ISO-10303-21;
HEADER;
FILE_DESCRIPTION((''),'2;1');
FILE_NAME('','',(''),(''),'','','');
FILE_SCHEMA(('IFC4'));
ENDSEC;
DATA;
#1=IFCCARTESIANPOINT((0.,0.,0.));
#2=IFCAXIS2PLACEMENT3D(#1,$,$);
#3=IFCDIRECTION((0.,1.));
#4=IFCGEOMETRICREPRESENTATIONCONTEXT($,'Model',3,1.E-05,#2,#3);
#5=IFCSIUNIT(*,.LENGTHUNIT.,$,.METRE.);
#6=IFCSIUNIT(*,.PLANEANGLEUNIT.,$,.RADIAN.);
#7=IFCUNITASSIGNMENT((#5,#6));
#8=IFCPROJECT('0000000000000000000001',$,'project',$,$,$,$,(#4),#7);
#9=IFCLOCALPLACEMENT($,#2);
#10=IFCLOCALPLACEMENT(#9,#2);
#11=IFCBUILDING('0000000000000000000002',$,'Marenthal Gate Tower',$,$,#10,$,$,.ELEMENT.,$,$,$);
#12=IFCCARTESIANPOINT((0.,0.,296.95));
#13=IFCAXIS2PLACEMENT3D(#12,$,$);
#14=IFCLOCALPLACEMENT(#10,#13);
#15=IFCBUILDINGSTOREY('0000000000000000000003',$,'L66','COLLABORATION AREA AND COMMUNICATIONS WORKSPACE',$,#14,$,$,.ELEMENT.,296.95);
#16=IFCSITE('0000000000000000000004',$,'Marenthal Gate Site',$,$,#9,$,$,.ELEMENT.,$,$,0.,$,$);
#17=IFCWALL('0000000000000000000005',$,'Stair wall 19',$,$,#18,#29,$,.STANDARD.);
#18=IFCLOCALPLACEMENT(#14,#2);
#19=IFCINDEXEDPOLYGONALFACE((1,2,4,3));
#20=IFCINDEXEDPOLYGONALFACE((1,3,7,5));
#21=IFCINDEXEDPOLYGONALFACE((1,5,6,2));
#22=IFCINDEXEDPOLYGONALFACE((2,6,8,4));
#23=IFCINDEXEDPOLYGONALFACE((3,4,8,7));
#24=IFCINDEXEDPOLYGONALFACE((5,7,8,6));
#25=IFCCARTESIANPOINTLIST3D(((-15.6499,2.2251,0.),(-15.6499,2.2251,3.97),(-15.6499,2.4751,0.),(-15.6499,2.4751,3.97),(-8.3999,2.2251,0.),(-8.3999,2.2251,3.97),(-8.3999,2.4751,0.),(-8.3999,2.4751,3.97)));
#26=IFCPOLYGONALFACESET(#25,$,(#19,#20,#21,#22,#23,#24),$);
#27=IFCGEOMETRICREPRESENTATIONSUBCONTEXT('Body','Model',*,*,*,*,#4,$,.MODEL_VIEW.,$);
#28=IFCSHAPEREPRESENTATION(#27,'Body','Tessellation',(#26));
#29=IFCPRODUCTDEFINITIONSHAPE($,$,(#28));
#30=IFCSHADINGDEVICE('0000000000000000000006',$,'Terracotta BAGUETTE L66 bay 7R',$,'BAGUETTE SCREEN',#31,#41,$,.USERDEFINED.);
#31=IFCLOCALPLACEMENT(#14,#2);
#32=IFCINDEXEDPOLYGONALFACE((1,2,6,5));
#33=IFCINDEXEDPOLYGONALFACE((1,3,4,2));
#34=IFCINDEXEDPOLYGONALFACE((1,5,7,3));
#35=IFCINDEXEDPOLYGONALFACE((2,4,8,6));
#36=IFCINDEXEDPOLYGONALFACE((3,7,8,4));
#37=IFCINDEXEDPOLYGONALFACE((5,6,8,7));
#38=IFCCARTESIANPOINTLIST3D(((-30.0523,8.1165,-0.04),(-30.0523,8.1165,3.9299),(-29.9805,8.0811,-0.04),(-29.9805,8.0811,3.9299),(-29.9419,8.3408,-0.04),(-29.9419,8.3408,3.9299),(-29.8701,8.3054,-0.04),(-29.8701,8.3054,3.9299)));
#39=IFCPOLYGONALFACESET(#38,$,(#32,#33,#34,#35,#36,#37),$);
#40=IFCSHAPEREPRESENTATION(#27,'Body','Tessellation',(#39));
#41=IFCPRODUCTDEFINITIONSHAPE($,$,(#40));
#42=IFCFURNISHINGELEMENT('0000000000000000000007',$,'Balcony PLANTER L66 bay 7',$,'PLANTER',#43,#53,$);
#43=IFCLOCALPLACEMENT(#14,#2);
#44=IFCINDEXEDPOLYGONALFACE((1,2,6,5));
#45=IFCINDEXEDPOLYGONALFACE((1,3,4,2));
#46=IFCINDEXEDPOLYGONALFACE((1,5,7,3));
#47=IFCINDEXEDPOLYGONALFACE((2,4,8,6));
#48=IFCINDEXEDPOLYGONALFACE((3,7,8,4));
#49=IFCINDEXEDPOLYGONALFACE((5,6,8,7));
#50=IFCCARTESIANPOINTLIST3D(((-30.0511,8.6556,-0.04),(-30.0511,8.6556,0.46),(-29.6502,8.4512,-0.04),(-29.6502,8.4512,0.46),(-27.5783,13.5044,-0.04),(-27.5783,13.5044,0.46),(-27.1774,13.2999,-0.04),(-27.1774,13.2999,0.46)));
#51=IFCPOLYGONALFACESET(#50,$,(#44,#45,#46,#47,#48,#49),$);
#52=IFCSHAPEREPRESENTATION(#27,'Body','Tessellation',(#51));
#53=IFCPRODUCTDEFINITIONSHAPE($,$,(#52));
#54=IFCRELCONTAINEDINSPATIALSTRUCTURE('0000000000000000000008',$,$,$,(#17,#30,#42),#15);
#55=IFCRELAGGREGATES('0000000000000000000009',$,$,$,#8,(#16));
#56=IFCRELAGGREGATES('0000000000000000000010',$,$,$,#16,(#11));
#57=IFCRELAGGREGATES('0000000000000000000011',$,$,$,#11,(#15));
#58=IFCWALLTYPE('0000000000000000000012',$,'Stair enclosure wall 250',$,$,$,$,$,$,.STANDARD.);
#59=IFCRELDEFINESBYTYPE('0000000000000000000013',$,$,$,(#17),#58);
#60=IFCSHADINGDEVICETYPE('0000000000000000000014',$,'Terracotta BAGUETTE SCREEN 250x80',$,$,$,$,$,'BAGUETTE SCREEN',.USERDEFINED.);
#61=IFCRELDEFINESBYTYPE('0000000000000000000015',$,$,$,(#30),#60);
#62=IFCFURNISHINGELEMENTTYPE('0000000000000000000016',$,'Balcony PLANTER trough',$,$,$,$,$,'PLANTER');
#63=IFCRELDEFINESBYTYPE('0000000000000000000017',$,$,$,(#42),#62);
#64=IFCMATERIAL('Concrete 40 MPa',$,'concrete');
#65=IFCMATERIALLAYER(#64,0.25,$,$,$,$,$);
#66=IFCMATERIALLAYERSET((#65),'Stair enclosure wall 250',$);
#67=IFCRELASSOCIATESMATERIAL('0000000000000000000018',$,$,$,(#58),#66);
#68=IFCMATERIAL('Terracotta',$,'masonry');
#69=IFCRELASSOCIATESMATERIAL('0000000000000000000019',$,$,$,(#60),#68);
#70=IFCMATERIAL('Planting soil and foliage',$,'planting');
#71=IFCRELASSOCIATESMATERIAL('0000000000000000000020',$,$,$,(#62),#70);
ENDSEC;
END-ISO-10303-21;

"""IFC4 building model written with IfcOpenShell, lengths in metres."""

from ifc_helpers import new_model, si_unit, direction, frame, frame_2d, origin, origin_2d, place, context, subcontext, project, spatial, rectangle, extrude, material, layer, layer_set, material_profile, profile_set, type_object, element, save


model = new_model("IFC4")

# Units and contexts
model_context = context("Model", 3, precision=1e-05, world=origin(), true_north=direction((0.0, 1.0)))
body_context = subcontext(model_context, "Body", "Model", "MODEL_VIEW")
ifc_project = project(units=[si_unit("LENGTHUNIT", "METRE"), si_unit("PLANEANGLEUNIT", "RADIAN")], contexts=[model_context])

# Site, building, storey
site_placement = place(None, origin())
site = spatial("IfcSite", under=ifc_project, at=site_placement, Name="Marenthal Gate Site", CompositionType="ELEMENT", RefElevation=0.0)
building_placement = place(site_placement, origin())
building = spatial("IfcBuilding", under=site, at=building_placement, Name="Marenthal Gate Tower", CompositionType="ELEMENT")
storey_placement = place(building_placement, frame((0.0, 0.0, 296.95)))
storey = spatial("IfcBuildingStorey", under=building, at=storey_placement, Name="L66", Description="COLLABORATION AREA AND COMMUNICATIONS WORKSPACE", CompositionType="ELEMENT", Elevation=296.95)

# Wall
ifc_material_1 = material(Name="Concrete 40 MPa", Category="concrete")
ifc_layer_1 = layer(ifc_material_1, 0.25)
ifc_layer_set_1 = layer_set([ifc_layer_1], Name="Stair enclosure wall 250")
wall_type_1 = type_object("IfcWallType", Name="Stair enclosure wall 250", PredefinedType="STANDARD", material=ifc_layer_set_1)
wall_1_placement = place(storey_placement, frame((-15.6499, 2.3501, 0.0), z_axis=(0.0, 0.0, 1.0), x_axis=(1.0, 0.0, 0.0)))
element("IfcWall", 1, at=wall_1_placement, inside=storey, type_object=wall_type_1, Name="Stair wall 19", PredefinedType="STANDARD", context=body_context, shape_type="SweptSolid", body=[
    extrude(rectangle(XDim=7.25, YDim=0.25, at=frame_2d((3.625, 0.0))), origin(), (0.0, 0.0, 1.0), 3.97),
])

# Shading device
ifc_material_2 = material(Name="Terracotta", Category="masonry")
ifc_material_profile_1 = material_profile(ifc_material_2, rectangle(XDim=0.25, YDim=0.0801, at=origin_2d()), Name="Terracotta baguette 250x80")
ifc_profile_set_1 = profile_set([ifc_material_profile_1], Name="Terracotta")
shading_device_type = type_object("IfcShadingDeviceType", Name="Terracotta BAGUETTE SCREEN 250x80", ElementType="BAGUETTE SCREEN", PredefinedType="USERDEFINED", material=ifc_profile_set_1)
shading_device_placement = place(storey_placement, frame((-29.9612, 8.2109, -0.04), z_axis=(0.0, 0.0, 1.0), x_axis=(-0.441624, -0.8972, 0.0)))
element("IfcShadingDevice", 2, at=shading_device_placement, inside=storey, type_object=shading_device_type, Name="Terracotta BAGUETTE L66 bay 7R", ObjectType="BAGUETTE SCREEN", PredefinedType="USERDEFINED", context=body_context, shape_type="SweptSolid", body=[
    extrude(rectangle(XDim=0.25, YDim=0.0801, at=origin_2d()), origin(), (0.0, 0.0, 1.0), 3.97),
])

# Furnishing element
ifc_material_3 = material(Name="Planting soil and foliage", Category="planting")
furnishing_element_type = type_object("IfcFurnishingElementType", Name="Balcony PLANTER trough", ElementType="PLANTER", material=ifc_material_3)
furnishing_placement = place(storey_placement, frame((-28.6143, 10.9778, -0.04), z_axis=(0.0, 0.0, 1.0), x_axis=(-0.454321, -0.890838, 0.0)))
element("IfcFurnishingElement", 3, at=furnishing_placement, inside=storey, type_object=furnishing_element_type, Name="Balcony PLANTER L66 bay 7", ObjectType="PLANTER", context=body_context, shape_type="SweptSolid", body=[
    extrude(rectangle(XDim=5.4429, YDim=0.45, at=origin_2d()), origin(), (0.0, 0.0, 1.0), 0.5),
])

save(model, "model.ifc")
